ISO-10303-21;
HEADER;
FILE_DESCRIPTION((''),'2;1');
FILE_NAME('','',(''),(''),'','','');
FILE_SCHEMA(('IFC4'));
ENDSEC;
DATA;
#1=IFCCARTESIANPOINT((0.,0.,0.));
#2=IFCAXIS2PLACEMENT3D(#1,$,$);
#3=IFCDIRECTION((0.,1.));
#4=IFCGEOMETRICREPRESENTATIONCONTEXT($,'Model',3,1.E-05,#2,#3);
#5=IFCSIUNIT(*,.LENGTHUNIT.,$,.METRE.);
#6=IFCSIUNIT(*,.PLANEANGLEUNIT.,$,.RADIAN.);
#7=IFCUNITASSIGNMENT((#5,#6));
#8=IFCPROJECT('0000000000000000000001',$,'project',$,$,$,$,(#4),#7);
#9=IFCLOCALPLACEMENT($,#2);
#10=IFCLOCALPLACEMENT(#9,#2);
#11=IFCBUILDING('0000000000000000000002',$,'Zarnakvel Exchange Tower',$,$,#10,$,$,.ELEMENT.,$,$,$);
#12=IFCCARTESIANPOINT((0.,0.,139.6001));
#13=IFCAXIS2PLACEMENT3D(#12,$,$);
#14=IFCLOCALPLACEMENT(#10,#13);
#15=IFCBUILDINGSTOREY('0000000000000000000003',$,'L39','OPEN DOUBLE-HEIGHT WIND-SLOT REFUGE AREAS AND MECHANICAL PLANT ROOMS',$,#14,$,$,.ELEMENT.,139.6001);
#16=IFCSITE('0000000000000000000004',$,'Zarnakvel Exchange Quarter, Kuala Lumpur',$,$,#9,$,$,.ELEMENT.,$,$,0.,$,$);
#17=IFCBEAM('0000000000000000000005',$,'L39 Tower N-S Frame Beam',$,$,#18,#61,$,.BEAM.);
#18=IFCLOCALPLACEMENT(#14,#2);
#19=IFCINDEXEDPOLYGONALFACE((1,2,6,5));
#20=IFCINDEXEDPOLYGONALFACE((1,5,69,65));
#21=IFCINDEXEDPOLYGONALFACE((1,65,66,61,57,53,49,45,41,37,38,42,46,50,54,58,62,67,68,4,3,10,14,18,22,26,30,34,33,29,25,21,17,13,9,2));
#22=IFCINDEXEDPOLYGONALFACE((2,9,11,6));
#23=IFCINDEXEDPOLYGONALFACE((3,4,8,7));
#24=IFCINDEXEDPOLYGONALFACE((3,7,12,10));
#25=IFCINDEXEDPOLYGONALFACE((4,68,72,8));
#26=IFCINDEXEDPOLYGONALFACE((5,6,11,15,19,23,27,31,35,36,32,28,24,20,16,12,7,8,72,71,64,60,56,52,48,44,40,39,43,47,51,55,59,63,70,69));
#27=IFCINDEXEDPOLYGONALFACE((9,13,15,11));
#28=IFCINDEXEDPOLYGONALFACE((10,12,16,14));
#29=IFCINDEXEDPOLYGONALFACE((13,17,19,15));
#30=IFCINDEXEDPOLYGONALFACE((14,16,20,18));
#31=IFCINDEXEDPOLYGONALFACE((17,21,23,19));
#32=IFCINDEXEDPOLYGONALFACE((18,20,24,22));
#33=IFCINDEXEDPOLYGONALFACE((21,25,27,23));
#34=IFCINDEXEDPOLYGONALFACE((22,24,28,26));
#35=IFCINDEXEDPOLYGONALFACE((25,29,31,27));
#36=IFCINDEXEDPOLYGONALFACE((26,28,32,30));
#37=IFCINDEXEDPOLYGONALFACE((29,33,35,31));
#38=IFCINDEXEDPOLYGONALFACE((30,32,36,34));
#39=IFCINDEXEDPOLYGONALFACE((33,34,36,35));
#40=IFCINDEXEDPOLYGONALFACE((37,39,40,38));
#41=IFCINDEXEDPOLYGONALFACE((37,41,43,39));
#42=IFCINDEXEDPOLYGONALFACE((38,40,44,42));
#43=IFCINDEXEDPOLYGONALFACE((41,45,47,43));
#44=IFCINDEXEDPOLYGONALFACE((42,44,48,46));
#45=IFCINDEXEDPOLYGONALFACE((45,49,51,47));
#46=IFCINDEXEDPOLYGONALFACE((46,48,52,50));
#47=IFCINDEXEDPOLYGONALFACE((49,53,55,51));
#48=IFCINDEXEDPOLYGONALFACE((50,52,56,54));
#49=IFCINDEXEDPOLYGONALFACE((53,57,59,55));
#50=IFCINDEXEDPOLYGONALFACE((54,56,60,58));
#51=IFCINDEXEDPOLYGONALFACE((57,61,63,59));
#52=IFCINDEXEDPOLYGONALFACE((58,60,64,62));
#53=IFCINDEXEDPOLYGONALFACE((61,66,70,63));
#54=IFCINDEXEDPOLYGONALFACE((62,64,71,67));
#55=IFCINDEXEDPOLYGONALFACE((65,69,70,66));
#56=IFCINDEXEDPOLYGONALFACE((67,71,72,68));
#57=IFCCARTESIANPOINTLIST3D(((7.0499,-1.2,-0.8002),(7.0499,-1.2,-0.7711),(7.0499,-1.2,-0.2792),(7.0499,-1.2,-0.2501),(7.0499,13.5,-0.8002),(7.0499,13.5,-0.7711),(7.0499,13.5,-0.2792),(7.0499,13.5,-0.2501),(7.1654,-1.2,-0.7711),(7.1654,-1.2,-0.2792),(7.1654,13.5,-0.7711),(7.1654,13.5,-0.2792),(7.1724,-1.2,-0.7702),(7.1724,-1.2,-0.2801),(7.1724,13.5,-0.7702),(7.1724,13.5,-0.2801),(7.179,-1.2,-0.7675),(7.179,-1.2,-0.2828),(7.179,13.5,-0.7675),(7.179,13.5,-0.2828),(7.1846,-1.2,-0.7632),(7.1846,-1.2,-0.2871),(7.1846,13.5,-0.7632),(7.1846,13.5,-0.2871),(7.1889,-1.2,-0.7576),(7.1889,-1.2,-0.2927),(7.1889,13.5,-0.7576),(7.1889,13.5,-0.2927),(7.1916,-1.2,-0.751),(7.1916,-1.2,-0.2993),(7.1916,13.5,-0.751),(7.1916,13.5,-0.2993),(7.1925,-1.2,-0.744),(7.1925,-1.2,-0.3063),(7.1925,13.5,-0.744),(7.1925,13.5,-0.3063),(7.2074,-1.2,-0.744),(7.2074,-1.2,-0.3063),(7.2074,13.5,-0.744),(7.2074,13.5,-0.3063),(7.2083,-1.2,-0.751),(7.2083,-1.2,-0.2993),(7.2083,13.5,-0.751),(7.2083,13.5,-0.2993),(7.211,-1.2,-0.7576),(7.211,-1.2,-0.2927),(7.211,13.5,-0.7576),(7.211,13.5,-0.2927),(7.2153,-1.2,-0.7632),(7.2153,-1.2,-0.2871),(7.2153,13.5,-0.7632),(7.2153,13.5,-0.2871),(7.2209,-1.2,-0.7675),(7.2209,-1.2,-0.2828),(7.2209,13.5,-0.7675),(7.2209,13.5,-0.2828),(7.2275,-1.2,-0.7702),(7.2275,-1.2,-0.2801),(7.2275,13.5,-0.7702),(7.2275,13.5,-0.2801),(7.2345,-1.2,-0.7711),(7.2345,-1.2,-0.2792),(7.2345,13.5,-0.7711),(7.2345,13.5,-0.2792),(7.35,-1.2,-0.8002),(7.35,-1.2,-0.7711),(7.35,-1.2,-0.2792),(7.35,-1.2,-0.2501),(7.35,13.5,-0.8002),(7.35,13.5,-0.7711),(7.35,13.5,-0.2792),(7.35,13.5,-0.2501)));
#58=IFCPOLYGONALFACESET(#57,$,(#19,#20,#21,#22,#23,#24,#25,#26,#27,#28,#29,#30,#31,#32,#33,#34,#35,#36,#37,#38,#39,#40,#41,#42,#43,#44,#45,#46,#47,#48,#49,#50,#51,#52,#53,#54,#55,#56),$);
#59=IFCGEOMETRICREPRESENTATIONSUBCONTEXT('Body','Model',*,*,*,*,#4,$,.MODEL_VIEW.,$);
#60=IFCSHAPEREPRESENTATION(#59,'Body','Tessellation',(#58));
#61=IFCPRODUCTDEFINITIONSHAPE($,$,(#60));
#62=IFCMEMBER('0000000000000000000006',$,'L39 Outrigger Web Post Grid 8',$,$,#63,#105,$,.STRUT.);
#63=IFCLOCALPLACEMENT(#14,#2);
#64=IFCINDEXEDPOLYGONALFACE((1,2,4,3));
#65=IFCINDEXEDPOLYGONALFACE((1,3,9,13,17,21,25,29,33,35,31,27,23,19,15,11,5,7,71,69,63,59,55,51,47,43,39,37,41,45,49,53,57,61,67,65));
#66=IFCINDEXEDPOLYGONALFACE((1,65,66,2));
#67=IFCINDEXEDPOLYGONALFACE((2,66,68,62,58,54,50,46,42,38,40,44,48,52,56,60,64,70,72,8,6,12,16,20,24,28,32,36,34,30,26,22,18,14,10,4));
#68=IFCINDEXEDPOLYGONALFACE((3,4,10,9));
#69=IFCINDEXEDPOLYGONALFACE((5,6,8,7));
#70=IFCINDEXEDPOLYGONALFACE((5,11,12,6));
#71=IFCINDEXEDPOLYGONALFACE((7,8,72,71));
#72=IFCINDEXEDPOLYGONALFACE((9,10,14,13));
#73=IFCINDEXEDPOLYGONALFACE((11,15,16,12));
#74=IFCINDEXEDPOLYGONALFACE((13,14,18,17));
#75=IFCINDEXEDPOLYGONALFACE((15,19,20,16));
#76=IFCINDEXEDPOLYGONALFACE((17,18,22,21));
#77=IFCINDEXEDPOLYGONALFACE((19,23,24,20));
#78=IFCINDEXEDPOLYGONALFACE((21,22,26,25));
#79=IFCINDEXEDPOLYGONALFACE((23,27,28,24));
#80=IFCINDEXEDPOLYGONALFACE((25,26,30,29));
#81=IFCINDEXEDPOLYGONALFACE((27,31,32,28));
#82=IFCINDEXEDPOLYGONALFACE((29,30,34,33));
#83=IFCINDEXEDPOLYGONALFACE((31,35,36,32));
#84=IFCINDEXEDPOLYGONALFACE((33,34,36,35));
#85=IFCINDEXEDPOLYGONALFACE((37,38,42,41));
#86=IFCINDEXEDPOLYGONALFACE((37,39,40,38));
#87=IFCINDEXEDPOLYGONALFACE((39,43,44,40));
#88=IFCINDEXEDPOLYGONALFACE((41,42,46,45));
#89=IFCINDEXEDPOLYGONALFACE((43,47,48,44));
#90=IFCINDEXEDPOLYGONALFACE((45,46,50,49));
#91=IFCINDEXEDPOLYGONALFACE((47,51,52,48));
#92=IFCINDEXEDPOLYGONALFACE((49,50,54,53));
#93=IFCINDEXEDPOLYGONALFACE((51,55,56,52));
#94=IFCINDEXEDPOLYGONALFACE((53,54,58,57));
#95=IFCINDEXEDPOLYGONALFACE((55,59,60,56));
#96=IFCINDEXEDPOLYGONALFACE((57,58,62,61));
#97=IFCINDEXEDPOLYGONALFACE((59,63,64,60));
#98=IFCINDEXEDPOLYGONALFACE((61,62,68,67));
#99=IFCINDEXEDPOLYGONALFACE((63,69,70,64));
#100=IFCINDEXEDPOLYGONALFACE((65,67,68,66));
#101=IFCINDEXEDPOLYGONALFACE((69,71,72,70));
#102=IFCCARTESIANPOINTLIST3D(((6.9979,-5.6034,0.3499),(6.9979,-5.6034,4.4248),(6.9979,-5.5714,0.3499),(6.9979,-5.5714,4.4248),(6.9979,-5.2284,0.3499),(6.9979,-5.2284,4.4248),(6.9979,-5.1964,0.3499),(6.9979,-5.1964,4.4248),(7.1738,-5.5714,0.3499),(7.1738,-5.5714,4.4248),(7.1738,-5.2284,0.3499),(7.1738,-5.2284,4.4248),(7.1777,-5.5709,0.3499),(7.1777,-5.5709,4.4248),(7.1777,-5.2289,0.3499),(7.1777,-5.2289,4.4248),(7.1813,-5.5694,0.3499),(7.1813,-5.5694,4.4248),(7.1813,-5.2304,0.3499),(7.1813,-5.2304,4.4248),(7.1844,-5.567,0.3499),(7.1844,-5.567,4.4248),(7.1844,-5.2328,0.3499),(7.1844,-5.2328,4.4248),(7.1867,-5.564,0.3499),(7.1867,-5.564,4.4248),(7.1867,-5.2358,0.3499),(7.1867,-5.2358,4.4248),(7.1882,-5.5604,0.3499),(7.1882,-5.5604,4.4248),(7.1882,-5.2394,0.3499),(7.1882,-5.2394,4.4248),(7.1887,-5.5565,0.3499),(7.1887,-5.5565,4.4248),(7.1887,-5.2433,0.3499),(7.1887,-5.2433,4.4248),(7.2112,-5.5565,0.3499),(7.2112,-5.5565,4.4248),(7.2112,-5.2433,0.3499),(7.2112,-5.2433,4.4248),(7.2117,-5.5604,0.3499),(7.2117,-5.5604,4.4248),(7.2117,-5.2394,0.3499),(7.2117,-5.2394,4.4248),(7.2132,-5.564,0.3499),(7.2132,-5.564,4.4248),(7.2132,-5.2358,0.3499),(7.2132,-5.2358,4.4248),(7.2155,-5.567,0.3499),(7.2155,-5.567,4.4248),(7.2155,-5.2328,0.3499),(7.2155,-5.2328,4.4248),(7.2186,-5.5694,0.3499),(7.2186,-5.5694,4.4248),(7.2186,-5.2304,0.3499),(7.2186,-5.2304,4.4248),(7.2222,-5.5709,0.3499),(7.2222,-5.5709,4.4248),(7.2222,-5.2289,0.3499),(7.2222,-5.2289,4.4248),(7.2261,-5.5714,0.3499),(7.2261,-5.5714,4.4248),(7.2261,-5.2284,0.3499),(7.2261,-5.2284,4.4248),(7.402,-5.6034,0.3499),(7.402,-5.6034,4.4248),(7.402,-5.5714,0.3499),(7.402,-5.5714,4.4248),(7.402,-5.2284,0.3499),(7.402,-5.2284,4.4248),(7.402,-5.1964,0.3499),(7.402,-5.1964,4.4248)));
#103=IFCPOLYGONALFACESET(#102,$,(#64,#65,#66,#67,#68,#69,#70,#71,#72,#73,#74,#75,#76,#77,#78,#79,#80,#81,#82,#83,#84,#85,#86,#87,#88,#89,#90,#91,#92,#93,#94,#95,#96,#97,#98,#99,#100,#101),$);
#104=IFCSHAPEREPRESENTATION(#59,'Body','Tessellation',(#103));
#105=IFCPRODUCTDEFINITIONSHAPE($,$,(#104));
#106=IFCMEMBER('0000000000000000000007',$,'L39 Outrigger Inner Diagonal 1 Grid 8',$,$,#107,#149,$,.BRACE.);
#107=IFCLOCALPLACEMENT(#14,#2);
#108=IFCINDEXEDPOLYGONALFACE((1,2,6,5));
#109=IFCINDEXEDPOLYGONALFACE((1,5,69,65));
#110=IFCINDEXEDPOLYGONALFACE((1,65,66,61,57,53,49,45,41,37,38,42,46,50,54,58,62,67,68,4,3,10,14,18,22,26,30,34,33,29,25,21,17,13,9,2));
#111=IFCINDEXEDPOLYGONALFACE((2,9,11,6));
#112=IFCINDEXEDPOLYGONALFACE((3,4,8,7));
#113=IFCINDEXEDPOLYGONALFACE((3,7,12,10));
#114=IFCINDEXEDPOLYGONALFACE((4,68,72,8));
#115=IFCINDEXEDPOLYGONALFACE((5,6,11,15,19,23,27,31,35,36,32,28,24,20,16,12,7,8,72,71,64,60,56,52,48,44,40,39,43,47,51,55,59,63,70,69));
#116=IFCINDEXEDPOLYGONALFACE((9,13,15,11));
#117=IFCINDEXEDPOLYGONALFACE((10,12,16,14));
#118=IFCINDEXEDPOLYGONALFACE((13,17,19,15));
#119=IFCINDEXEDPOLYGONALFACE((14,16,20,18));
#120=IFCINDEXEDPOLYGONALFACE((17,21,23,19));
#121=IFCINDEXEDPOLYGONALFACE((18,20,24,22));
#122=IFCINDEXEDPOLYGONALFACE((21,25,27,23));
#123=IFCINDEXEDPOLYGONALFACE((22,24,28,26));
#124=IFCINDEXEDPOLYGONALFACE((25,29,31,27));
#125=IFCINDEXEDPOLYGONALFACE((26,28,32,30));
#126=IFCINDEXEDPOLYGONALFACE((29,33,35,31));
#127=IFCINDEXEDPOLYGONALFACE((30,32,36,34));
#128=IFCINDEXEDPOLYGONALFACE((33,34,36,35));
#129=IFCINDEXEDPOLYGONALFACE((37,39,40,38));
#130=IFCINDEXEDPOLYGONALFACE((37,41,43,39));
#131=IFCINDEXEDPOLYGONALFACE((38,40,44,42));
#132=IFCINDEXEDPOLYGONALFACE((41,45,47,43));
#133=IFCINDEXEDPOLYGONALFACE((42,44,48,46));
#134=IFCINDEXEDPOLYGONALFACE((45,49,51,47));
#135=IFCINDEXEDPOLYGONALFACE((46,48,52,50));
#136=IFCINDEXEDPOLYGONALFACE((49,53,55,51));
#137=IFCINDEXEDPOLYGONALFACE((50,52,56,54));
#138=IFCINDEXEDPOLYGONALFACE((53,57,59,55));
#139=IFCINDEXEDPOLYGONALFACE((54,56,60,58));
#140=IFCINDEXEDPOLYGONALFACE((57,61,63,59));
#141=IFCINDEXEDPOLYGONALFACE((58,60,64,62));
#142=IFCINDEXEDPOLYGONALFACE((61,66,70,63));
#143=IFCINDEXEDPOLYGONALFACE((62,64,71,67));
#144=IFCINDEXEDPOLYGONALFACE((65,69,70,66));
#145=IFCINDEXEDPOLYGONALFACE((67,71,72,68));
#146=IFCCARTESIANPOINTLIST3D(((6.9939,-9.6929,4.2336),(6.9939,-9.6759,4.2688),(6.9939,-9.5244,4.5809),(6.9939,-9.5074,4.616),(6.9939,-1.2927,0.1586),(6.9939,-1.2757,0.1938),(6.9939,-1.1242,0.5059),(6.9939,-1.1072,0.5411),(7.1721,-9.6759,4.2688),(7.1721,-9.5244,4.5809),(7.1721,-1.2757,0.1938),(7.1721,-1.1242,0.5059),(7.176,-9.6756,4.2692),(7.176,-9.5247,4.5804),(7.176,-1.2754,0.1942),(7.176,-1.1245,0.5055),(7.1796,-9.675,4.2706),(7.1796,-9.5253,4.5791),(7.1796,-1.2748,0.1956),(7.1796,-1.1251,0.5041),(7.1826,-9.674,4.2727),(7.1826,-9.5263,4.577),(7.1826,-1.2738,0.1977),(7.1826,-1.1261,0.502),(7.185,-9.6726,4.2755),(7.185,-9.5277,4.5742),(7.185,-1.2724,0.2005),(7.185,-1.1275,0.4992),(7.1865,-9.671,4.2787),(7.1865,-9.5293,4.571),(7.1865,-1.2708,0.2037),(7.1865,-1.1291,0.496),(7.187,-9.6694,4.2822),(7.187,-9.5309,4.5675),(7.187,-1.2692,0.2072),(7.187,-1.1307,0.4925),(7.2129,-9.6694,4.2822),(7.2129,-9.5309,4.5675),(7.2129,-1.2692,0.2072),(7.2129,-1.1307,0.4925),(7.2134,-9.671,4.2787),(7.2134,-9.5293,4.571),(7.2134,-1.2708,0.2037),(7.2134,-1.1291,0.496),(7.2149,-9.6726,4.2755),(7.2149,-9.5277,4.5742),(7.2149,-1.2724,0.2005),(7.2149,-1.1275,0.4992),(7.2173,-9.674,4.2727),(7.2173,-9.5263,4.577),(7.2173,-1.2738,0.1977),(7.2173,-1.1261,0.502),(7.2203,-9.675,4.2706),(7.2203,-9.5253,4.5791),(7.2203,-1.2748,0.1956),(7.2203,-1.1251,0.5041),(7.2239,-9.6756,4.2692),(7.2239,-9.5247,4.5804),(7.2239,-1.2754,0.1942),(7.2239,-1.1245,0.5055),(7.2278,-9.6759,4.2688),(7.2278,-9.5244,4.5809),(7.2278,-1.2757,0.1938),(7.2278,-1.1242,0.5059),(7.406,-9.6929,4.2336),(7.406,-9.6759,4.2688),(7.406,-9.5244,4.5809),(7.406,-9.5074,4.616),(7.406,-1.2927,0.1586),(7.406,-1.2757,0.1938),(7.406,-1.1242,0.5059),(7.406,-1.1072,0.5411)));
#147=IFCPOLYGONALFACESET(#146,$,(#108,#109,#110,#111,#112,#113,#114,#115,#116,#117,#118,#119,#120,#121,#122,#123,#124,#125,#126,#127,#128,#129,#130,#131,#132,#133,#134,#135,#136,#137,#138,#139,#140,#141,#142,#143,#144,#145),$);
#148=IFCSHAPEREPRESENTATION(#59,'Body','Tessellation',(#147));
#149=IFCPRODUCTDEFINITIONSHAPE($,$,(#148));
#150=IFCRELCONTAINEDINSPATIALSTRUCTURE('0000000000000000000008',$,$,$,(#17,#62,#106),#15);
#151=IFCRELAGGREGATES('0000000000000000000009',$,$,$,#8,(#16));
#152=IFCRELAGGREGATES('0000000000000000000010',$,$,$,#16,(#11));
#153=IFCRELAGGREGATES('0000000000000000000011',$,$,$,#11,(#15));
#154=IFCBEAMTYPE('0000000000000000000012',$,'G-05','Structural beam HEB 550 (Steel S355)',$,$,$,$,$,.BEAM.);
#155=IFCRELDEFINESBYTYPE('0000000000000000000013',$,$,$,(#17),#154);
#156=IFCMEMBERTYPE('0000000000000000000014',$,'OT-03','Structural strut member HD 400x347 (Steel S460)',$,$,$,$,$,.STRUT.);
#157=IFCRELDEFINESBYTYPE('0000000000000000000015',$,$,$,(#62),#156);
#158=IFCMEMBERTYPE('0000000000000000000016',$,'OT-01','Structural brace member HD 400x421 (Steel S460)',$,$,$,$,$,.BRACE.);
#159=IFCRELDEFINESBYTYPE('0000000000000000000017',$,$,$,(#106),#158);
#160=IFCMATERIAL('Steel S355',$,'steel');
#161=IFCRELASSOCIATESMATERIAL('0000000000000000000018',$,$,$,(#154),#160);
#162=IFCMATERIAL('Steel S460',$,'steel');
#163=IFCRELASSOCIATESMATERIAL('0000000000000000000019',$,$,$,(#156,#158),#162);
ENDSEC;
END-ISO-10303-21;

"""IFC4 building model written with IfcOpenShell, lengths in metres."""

from ifc_helpers import new_model, si_unit, direction, frame, origin, origin_2d, place, context, subcontext, project, spatial, i_section, extrude, source, transform, mapped, material, material_profile, profile_set, type_object, element, save


model = new_model("IFC4")

# Units and contexts
model_context = context("Model", 3, precision=1e-05, world=origin(), true_north=direction((0.0, 1.0)))
body_context = subcontext(model_context, "Body", "Model", "MODEL_VIEW")
ifc_project = project(units=[si_unit("LENGTHUNIT", "METRE"), si_unit("PLANEANGLEUNIT", "RADIAN")], contexts=[model_context])

# Site, building, storey
site_placement = place(None, origin())
site = spatial("IfcSite", under=ifc_project, at=site_placement, Name="Zarnakvel Exchange Quarter, Kuala Lumpur", CompositionType="ELEMENT", RefElevation=0.0)
building_placement = place(site_placement, origin())
building = spatial("IfcBuilding", under=site, at=building_placement, Name="Zarnakvel Exchange Tower", CompositionType="ELEMENT")
storey_placement = place(building_placement, frame((0.0, 0.0, 139.6001)))
storey = spatial("IfcBuildingStorey", under=building, at=storey_placement, Name="L39", Description="OPEN DOUBLE-HEIGHT WIND-SLOT REFUGE AREAS AND MECHANICAL PLANT ROOMS", CompositionType="ELEMENT", Elevation=139.6001)

# Beam
ifc_material_1 = material(Name="Steel S355", Category="steel")
ifc_material_profile_1 = material_profile(ifc_material_1, i_section(OverallWidth=0.3, OverallDepth=0.55, WebThickness=0.0149, FlangeThickness=0.0291, FilletRadius=0.0271, at=origin_2d()))
ifc_profile_set_1 = profile_set([ifc_material_profile_1], Name="Steel S355")
beam_type_1 = type_object("IfcBeamType", Name="G-05", Description="Structural beam HEB 550 (Steel S355)", PredefinedType="BEAM", material=ifc_profile_set_1)
beam_1_placement = place(storey_placement, frame((7.2, -1.2, -0.5251), z_axis=(0.0, 1.0, 0.0), x_axis=(-1.0, 0.0, 0.0)))
element("IfcBeam", 1, at=beam_1_placement, inside=storey, type_object=beam_type_1, Name="L39 Tower N-S Frame Beam", PredefinedType="BEAM", context=body_context, shape_type="SweptSolid", body=[
    extrude(i_section(OverallWidth=0.3, OverallDepth=0.55, WebThickness=0.0149, FlangeThickness=0.0291, FilletRadius=0.0271, at=origin_2d()), origin(), (0.0, 0.0, 1.0), 14.7),
])

# Members
ifc_material_2 = material(Name="Steel S460", Category="steel")
ifc_material_profile_2 = material_profile(ifc_material_2, i_section(OverallWidth=0.4041, OverallDepth=0.407, WebThickness=0.0225, FlangeThickness=0.032, FilletRadius=0.0149, at=origin_2d()))
ifc_profile_set_2 = profile_set([ifc_material_profile_2], Name="Steel S460")
member_type_1 = type_object("IfcMemberType", Name="OT-03", Description="Structural strut member HD 400x347 (Steel S460)", PredefinedType="STRUT", material=ifc_profile_set_2)
shared_shape_1 = source(origin(), body_context, "Body", "SweptSolid", [
    extrude(i_section(OverallWidth=0.4041, OverallDepth=0.407, WebThickness=0.0225, FlangeThickness=0.032, FilletRadius=0.0149, at=origin_2d()), origin(), (0.0, 0.0, 1.0), 4.075),
])
member_1_placement = place(storey_placement, frame((7.2, -5.3999, 0.3499), z_axis=(0.0, 0.0, 1.0), x_axis=(1.0, 0.0, 0.0)))
element("IfcMember", 2, at=member_1_placement, inside=storey, type_object=member_type_1, Name="L39 Outrigger Web Post Grid 8", PredefinedType="STRUT", context=body_context, shape_type="MappedRepresentation", body=[
    mapped(shared_shape_1, transform((0.0, 0.0, 0.0), x_axis=(1.0, 0.0, 0.0), y_axis=(0.0, 1.0, 0.0), z_axis=(0.0, 0.0, 1.0), scale=1.0)),
])
ifc_material_profile_3 = material_profile(ifc_material_2, i_section(OverallWidth=0.4121, OverallDepth=0.425, WebThickness=0.0259, FlangeThickness=0.0391, FilletRadius=0.0149, at=origin_2d()))
ifc_profile_set_3 = profile_set([ifc_material_profile_3], Name="Steel S460")
member_type_2 = type_object("IfcMemberType", Name="OT-01", Description="Structural brace member HD 400x421 (Steel S460)", PredefinedType="BRACE", material=ifc_profile_set_3)
shared_shape_2 = source(origin(), body_context, "Body", "SweptSolid", [
    extrude(i_section(OverallWidth=0.4121, OverallDepth=0.425, WebThickness=0.0259, FlangeThickness=0.0391, FilletRadius=0.0149, at=origin_2d()), origin(), (0.0, 0.0, 1.0), 9.3364),
])
member_2_placement = place(storey_placement, frame((7.2, -1.2, 0.3499), z_axis=(0.0, -0.899724, 0.43646), x_axis=(1.0, 0.0, 0.0)))
element("IfcMember", 3, at=member_2_placement, inside=storey, type_object=member_type_2, Name="L39 Outrigger Inner Diagonal 1 Grid 8", PredefinedType="BRACE", context=body_context, shape_type="MappedRepresentation", body=[
    mapped(shared_shape_2, transform((0.0, 0.0, 0.0), x_axis=(1.0, 0.0, 0.0), y_axis=(0.0, 1.0, 0.0), z_axis=(0.0, 0.0, 1.0), scale=1.0)),
])

save(model, "model.ifc")
